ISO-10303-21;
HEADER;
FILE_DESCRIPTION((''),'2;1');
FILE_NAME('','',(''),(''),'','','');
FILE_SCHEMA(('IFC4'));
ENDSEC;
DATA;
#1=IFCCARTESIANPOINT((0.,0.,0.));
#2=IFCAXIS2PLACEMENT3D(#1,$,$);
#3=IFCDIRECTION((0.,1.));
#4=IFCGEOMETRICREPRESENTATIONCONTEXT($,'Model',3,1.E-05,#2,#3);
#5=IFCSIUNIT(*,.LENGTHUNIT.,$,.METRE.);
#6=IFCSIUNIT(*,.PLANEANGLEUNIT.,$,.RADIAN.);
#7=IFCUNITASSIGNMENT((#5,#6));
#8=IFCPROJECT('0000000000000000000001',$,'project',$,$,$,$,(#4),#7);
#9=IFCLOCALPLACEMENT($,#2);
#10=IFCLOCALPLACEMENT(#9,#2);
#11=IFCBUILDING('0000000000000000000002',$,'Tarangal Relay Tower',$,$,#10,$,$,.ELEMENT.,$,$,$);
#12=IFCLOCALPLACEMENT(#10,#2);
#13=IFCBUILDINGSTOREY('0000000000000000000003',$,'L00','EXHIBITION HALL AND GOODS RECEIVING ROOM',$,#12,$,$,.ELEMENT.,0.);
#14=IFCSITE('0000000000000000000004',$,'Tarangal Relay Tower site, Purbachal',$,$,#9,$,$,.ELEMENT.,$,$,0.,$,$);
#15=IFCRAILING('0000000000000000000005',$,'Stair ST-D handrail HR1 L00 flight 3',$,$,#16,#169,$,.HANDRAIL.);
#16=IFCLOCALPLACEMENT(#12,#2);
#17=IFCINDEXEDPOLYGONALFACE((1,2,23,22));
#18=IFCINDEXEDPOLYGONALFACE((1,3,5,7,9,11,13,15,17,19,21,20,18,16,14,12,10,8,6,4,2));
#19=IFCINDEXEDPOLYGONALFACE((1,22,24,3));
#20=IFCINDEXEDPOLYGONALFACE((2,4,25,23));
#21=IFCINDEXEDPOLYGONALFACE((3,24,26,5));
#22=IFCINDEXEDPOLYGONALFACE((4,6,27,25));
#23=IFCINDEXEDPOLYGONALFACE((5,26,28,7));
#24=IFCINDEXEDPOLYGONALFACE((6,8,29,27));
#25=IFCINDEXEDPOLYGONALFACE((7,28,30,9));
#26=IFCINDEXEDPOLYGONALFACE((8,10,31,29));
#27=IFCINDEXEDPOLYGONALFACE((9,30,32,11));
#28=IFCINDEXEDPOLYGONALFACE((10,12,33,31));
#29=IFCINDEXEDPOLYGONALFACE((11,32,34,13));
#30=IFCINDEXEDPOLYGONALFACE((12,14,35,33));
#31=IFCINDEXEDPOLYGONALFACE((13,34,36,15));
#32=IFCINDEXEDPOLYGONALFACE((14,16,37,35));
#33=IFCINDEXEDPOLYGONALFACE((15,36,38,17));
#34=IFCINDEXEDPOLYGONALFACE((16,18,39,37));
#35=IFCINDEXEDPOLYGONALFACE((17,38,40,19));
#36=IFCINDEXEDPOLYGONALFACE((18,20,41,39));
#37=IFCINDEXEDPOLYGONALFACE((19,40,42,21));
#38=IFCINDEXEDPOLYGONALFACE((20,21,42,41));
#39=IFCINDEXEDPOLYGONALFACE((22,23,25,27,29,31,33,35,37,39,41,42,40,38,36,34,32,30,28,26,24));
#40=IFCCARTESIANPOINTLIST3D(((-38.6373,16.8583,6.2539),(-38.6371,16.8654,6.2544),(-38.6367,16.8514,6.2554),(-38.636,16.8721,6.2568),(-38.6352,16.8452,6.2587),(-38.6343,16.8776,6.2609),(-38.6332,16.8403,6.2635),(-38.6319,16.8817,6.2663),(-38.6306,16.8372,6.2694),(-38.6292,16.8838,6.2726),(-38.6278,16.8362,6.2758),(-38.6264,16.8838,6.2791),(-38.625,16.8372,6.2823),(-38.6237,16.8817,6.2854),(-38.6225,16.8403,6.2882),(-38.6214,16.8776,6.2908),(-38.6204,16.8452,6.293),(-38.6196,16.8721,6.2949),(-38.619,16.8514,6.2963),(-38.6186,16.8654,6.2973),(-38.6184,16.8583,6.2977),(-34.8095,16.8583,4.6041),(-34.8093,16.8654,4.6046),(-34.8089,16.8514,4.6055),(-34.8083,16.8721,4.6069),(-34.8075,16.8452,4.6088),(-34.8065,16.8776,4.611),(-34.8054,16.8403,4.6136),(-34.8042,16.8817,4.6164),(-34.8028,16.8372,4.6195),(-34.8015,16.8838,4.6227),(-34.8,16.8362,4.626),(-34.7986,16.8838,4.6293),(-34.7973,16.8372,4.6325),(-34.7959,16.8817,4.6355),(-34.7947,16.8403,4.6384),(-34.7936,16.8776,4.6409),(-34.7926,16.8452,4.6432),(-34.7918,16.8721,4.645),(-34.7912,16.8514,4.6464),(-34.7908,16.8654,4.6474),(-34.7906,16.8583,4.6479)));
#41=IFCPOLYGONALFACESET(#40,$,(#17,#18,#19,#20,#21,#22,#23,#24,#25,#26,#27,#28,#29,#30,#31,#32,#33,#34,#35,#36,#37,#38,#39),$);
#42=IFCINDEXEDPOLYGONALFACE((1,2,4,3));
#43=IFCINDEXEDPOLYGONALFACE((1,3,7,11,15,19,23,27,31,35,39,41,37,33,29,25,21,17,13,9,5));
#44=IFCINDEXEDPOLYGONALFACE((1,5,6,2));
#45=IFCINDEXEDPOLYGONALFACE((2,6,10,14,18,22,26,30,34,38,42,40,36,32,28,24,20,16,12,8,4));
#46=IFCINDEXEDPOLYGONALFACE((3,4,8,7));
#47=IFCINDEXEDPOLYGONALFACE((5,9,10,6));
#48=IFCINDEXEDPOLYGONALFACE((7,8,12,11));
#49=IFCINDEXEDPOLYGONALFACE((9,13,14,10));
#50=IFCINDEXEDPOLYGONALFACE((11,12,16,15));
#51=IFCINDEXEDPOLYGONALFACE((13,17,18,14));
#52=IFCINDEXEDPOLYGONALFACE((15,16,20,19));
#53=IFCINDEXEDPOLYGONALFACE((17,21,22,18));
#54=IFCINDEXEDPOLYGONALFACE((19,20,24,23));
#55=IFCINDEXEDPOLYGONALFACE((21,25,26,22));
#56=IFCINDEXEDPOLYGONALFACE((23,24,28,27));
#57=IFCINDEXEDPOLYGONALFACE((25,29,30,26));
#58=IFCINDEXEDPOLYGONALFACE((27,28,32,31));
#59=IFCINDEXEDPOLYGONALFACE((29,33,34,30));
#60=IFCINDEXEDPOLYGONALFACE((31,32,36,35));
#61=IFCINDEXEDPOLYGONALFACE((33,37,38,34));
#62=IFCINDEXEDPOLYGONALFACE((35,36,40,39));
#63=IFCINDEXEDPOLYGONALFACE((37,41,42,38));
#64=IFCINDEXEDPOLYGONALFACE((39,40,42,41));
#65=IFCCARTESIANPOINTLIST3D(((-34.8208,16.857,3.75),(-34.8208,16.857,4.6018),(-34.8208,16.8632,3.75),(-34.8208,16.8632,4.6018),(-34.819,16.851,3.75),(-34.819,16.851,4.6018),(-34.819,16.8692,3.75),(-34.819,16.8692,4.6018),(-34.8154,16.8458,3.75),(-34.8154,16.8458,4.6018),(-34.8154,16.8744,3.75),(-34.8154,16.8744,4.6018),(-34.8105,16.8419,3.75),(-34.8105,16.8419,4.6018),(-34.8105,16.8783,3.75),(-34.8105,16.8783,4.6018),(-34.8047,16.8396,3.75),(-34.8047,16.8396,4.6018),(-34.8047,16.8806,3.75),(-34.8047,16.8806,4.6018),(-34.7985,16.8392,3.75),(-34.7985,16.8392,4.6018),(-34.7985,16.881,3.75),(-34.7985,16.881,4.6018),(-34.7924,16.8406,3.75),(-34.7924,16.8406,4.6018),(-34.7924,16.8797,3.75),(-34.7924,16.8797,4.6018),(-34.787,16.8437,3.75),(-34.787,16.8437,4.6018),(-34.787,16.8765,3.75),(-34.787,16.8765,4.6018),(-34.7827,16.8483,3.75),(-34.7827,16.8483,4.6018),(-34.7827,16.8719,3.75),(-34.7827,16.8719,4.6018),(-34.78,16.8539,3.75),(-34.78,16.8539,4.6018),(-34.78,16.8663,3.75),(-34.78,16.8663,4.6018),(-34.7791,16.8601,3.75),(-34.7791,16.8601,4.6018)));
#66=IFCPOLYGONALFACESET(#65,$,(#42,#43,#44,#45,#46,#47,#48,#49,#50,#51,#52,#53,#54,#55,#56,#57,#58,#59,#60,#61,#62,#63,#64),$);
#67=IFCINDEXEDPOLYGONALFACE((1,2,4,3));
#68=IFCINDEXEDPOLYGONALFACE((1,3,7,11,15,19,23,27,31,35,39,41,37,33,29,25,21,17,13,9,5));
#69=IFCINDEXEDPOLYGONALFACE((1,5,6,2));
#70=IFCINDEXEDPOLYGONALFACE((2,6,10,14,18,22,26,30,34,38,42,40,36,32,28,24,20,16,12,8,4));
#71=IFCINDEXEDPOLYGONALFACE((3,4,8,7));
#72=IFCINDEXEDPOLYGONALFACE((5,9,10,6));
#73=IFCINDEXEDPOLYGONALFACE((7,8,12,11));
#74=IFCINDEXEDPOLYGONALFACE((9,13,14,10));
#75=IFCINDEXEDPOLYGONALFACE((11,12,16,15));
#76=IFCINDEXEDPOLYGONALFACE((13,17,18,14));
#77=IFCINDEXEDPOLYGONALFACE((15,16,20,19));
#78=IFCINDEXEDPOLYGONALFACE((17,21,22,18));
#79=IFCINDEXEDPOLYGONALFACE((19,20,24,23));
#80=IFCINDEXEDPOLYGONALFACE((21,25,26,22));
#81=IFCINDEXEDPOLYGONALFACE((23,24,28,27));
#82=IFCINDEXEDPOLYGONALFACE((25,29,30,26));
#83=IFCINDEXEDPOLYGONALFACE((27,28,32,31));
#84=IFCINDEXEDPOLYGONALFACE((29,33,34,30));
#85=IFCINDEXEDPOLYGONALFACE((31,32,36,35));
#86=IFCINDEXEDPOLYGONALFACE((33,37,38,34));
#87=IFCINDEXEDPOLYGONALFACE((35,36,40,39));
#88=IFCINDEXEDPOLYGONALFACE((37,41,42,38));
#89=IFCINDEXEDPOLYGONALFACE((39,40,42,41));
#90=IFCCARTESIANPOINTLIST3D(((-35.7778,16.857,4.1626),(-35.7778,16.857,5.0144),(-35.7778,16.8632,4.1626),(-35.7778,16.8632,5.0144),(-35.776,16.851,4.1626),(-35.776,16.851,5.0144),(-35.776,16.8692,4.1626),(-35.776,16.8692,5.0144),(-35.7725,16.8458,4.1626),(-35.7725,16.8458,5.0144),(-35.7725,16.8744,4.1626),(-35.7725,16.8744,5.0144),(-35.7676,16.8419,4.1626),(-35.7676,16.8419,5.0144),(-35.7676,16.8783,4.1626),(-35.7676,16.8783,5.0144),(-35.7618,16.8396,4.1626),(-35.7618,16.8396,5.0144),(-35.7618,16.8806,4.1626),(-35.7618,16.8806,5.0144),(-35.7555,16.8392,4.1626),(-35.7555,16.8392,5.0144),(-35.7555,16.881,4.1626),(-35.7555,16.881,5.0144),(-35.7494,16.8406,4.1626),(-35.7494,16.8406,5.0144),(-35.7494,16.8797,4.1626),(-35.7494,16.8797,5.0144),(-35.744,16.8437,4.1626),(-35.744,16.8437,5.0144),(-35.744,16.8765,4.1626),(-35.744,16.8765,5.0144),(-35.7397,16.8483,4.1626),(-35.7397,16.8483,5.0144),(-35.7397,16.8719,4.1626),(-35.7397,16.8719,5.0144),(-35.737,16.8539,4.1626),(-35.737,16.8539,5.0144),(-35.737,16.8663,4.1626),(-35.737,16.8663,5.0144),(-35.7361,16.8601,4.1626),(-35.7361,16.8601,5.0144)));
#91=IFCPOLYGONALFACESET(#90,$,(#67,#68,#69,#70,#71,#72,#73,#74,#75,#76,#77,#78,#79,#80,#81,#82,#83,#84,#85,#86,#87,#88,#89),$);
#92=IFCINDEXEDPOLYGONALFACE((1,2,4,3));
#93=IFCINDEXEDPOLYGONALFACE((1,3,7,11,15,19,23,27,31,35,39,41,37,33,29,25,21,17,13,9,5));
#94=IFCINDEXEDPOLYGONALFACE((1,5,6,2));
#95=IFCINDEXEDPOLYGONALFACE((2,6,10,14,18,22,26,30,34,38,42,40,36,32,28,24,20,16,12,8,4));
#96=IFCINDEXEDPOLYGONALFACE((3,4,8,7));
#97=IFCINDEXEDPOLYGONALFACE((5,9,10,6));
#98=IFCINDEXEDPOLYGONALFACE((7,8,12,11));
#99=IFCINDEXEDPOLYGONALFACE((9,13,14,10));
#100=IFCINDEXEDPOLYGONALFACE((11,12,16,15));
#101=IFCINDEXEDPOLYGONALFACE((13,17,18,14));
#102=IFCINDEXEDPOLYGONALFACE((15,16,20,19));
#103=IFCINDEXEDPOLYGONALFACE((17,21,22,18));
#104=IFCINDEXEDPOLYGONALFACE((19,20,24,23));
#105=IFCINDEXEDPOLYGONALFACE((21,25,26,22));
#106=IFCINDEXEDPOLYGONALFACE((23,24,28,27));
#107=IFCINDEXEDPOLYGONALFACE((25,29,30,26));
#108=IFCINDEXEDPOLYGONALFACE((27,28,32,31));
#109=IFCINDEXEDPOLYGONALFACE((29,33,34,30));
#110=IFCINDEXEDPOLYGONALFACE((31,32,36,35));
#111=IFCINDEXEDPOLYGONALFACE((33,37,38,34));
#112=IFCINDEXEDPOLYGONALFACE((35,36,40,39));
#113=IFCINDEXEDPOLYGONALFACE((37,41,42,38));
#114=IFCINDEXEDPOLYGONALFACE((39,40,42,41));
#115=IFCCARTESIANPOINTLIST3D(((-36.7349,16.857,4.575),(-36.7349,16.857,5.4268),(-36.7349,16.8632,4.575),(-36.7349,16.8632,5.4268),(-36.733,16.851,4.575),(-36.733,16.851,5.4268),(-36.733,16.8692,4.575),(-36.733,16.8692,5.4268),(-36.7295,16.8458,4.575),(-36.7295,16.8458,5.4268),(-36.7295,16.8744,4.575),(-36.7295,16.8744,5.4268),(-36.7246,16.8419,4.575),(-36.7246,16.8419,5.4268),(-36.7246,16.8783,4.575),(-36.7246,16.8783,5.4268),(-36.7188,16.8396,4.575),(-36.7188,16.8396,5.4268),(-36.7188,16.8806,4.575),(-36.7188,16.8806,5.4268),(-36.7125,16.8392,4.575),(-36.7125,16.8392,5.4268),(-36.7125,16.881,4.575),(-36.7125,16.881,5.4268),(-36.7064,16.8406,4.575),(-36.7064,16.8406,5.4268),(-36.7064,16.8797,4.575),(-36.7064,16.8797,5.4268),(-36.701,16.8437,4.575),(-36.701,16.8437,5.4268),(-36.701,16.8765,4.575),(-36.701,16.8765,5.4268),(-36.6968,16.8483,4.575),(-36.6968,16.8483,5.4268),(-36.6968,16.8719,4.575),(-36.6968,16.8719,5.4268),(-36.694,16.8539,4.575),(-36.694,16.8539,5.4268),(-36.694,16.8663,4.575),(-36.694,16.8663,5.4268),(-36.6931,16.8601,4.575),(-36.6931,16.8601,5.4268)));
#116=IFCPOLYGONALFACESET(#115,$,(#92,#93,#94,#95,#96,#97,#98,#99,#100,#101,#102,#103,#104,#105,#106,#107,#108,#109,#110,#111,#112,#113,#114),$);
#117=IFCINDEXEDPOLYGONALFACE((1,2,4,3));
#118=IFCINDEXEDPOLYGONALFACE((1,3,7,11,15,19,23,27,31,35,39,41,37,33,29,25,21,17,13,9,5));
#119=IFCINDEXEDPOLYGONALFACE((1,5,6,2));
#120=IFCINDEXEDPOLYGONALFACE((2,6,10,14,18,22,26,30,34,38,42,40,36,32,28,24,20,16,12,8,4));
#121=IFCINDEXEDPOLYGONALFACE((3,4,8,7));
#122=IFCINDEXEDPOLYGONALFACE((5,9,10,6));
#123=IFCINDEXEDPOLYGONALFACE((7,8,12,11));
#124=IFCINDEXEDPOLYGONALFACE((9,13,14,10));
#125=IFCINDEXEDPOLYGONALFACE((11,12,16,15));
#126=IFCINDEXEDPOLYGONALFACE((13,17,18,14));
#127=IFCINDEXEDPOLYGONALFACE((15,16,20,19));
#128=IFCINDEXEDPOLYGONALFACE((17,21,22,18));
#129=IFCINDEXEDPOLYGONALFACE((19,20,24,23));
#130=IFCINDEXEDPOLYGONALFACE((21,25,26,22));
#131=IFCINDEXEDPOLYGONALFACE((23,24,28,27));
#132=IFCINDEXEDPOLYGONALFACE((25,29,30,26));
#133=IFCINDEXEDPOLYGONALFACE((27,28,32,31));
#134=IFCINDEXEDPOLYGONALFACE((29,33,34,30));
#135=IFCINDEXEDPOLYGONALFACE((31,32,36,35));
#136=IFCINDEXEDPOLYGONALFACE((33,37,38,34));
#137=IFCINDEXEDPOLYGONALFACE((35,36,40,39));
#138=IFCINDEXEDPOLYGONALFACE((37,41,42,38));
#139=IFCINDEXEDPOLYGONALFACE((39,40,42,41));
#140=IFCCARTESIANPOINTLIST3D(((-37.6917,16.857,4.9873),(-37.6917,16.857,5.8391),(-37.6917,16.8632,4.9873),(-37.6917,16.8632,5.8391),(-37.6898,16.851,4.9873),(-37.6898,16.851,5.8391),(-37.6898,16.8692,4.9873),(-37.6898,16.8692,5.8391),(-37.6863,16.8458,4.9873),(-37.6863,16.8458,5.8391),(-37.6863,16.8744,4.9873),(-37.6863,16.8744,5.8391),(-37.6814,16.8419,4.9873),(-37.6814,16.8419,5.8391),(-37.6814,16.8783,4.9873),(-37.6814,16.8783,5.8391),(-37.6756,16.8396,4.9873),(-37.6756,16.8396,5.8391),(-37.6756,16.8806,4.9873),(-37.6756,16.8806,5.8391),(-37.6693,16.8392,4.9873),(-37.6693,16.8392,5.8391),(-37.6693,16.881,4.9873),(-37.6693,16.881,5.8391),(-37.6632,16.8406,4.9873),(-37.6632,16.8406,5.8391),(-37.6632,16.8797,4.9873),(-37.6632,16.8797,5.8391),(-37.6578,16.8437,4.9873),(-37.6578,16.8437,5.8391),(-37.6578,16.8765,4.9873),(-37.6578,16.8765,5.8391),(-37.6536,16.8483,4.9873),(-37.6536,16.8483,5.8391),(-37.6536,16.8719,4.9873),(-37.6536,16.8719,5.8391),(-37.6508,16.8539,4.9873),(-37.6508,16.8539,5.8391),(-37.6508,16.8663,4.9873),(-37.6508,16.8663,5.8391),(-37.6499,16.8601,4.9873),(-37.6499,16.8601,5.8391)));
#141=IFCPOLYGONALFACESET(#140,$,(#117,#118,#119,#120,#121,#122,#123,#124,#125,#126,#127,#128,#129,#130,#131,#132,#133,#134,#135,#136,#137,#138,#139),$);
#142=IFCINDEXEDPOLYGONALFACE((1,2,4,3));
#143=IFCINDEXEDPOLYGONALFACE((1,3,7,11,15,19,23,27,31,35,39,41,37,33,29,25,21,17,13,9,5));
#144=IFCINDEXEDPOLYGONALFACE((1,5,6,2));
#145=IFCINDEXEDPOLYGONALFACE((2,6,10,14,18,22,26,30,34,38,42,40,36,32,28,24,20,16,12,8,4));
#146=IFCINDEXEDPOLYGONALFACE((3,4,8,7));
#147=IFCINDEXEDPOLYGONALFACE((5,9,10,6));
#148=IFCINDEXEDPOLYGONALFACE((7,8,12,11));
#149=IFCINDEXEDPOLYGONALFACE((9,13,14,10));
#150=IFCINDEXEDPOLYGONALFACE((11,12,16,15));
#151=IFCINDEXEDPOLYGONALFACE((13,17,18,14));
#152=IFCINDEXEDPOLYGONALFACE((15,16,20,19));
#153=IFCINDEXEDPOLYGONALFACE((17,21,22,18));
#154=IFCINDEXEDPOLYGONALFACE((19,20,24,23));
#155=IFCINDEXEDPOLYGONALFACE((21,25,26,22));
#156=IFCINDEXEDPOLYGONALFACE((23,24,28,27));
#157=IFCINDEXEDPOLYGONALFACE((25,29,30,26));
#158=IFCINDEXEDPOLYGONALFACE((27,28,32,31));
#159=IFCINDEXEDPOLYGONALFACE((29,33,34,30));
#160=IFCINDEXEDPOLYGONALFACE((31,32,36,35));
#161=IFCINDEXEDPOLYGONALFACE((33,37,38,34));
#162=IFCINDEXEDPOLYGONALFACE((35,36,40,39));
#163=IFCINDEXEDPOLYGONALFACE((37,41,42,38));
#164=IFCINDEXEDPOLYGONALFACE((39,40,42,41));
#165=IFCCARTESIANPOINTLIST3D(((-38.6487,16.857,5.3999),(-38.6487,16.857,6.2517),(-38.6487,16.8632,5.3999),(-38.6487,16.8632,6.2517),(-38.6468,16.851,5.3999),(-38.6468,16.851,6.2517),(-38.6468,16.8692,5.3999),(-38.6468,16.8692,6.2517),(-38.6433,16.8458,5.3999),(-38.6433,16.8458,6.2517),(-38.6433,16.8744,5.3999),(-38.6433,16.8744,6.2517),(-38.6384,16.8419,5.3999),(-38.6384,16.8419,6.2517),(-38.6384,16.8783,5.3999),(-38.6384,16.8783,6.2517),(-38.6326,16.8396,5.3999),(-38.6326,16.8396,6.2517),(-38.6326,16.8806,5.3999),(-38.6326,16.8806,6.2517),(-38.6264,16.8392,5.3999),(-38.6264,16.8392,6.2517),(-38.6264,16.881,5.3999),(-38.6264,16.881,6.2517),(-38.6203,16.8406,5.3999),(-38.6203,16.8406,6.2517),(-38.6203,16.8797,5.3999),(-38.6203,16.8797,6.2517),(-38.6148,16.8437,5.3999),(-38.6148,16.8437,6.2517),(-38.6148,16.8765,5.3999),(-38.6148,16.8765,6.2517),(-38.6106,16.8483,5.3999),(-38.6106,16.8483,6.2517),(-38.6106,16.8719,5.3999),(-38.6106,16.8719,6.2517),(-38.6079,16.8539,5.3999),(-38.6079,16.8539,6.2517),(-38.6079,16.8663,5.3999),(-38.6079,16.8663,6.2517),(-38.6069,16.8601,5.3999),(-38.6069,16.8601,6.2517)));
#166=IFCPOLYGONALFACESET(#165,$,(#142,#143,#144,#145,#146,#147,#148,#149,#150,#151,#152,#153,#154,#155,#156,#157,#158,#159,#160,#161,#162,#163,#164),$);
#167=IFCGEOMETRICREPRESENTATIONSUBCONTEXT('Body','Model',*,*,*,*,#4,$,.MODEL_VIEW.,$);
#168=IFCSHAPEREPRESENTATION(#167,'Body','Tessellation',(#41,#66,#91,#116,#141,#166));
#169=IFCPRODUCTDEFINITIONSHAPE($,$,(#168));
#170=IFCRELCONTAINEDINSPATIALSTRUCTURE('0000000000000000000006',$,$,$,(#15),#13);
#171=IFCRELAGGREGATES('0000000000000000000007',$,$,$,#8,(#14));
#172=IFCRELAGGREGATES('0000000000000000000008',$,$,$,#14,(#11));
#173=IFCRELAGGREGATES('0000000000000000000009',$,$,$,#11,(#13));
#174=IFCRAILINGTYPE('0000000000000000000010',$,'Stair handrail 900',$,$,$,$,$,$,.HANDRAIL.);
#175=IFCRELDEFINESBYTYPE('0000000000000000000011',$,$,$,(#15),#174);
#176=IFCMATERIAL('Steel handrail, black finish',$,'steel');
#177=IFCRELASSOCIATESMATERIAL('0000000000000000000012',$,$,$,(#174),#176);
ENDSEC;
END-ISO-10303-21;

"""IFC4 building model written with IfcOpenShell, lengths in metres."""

from ifc_helpers import new_model, si_unit, direction, frame, origin, origin_2d, place, context, subcontext, project, spatial, circle, extrude, material, type_object, element, save


model = new_model("IFC4")

# Units and contexts
model_context = context("Model", 3, precision=1e-05, world=origin(), true_north=direction((0.0, 1.0)))
body_context = subcontext(model_context, "Body", "Model", "MODEL_VIEW")
ifc_project = project(units=[si_unit("LENGTHUNIT", "METRE"), si_unit("PLANEANGLEUNIT", "RADIAN")], contexts=[model_context])

# Site, building, storey
site_placement = place(None, origin())
site = spatial("IfcSite", under=ifc_project, at=site_placement, Name="Tarangal Relay Tower site, Purbachal", CompositionType="ELEMENT", RefElevation=0.0)
building_placement = place(site_placement, origin())
building = spatial("IfcBuilding", under=site, at=building_placement, Name="Tarangal Relay Tower", CompositionType="ELEMENT")
storey_placement = place(building_placement, origin())
storey = spatial("IfcBuildingStorey", under=building, at=storey_placement, Name="L00", Description="EXHIBITION HALL AND GOODS RECEIVING ROOM", CompositionType="ELEMENT", Elevation=0.0)

# Railing
ifc_material_1 = material(Name="Steel handrail, black finish", Category="steel")
railing_type = type_object("IfcRailingType", Name="Stair handrail 900", PredefinedType="HANDRAIL", material=ifc_material_1)
railing_1_placement = place(storey_placement, frame((-34.8, 16.8601, 3.75)))
element("IfcRailing", 1, at=railing_1_placement, inside=storey, type_object=railing_type, Name="Stair ST-D handrail HR1 L00 flight 3", PredefinedType="HANDRAIL", context=body_context, shape_type="SweptSolid", body=[
    extrude(circle(Radius=0.0239, at=origin_2d()), frame((0.0, 0.0, 0.876), z_axis=(-0.918328, 0.0, 0.39582), x_axis=(0.0, -1.0, 0.0)), (0.0, 0.0, 1.0), 4.1682),
    extrude(circle(Radius=0.021, at=origin_2d()), origin(), (0.0, 0.0, 1.0), 0.8518),
    extrude(circle(Radius=0.021, at=origin_2d()), frame((-0.957, 0.0, 0.4126)), (0.0, 0.0, 1.0), 0.8518),
    extrude(circle(Radius=0.021, at=origin_2d()), frame((-1.9141, 0.0, 0.825)), (0.0, 0.0, 1.0), 0.8518),
    extrude(circle(Radius=0.021, at=origin_2d()), frame((-2.8708, 0.0, 1.2373)), (0.0, 0.0, 1.0), 0.8518),
    extrude(circle(Radius=0.021, at=origin_2d()), frame((-3.8279, 0.0, 1.6499)), (0.0, 0.0, 1.0), 0.8518),
])

save(model, "model.ifc")
